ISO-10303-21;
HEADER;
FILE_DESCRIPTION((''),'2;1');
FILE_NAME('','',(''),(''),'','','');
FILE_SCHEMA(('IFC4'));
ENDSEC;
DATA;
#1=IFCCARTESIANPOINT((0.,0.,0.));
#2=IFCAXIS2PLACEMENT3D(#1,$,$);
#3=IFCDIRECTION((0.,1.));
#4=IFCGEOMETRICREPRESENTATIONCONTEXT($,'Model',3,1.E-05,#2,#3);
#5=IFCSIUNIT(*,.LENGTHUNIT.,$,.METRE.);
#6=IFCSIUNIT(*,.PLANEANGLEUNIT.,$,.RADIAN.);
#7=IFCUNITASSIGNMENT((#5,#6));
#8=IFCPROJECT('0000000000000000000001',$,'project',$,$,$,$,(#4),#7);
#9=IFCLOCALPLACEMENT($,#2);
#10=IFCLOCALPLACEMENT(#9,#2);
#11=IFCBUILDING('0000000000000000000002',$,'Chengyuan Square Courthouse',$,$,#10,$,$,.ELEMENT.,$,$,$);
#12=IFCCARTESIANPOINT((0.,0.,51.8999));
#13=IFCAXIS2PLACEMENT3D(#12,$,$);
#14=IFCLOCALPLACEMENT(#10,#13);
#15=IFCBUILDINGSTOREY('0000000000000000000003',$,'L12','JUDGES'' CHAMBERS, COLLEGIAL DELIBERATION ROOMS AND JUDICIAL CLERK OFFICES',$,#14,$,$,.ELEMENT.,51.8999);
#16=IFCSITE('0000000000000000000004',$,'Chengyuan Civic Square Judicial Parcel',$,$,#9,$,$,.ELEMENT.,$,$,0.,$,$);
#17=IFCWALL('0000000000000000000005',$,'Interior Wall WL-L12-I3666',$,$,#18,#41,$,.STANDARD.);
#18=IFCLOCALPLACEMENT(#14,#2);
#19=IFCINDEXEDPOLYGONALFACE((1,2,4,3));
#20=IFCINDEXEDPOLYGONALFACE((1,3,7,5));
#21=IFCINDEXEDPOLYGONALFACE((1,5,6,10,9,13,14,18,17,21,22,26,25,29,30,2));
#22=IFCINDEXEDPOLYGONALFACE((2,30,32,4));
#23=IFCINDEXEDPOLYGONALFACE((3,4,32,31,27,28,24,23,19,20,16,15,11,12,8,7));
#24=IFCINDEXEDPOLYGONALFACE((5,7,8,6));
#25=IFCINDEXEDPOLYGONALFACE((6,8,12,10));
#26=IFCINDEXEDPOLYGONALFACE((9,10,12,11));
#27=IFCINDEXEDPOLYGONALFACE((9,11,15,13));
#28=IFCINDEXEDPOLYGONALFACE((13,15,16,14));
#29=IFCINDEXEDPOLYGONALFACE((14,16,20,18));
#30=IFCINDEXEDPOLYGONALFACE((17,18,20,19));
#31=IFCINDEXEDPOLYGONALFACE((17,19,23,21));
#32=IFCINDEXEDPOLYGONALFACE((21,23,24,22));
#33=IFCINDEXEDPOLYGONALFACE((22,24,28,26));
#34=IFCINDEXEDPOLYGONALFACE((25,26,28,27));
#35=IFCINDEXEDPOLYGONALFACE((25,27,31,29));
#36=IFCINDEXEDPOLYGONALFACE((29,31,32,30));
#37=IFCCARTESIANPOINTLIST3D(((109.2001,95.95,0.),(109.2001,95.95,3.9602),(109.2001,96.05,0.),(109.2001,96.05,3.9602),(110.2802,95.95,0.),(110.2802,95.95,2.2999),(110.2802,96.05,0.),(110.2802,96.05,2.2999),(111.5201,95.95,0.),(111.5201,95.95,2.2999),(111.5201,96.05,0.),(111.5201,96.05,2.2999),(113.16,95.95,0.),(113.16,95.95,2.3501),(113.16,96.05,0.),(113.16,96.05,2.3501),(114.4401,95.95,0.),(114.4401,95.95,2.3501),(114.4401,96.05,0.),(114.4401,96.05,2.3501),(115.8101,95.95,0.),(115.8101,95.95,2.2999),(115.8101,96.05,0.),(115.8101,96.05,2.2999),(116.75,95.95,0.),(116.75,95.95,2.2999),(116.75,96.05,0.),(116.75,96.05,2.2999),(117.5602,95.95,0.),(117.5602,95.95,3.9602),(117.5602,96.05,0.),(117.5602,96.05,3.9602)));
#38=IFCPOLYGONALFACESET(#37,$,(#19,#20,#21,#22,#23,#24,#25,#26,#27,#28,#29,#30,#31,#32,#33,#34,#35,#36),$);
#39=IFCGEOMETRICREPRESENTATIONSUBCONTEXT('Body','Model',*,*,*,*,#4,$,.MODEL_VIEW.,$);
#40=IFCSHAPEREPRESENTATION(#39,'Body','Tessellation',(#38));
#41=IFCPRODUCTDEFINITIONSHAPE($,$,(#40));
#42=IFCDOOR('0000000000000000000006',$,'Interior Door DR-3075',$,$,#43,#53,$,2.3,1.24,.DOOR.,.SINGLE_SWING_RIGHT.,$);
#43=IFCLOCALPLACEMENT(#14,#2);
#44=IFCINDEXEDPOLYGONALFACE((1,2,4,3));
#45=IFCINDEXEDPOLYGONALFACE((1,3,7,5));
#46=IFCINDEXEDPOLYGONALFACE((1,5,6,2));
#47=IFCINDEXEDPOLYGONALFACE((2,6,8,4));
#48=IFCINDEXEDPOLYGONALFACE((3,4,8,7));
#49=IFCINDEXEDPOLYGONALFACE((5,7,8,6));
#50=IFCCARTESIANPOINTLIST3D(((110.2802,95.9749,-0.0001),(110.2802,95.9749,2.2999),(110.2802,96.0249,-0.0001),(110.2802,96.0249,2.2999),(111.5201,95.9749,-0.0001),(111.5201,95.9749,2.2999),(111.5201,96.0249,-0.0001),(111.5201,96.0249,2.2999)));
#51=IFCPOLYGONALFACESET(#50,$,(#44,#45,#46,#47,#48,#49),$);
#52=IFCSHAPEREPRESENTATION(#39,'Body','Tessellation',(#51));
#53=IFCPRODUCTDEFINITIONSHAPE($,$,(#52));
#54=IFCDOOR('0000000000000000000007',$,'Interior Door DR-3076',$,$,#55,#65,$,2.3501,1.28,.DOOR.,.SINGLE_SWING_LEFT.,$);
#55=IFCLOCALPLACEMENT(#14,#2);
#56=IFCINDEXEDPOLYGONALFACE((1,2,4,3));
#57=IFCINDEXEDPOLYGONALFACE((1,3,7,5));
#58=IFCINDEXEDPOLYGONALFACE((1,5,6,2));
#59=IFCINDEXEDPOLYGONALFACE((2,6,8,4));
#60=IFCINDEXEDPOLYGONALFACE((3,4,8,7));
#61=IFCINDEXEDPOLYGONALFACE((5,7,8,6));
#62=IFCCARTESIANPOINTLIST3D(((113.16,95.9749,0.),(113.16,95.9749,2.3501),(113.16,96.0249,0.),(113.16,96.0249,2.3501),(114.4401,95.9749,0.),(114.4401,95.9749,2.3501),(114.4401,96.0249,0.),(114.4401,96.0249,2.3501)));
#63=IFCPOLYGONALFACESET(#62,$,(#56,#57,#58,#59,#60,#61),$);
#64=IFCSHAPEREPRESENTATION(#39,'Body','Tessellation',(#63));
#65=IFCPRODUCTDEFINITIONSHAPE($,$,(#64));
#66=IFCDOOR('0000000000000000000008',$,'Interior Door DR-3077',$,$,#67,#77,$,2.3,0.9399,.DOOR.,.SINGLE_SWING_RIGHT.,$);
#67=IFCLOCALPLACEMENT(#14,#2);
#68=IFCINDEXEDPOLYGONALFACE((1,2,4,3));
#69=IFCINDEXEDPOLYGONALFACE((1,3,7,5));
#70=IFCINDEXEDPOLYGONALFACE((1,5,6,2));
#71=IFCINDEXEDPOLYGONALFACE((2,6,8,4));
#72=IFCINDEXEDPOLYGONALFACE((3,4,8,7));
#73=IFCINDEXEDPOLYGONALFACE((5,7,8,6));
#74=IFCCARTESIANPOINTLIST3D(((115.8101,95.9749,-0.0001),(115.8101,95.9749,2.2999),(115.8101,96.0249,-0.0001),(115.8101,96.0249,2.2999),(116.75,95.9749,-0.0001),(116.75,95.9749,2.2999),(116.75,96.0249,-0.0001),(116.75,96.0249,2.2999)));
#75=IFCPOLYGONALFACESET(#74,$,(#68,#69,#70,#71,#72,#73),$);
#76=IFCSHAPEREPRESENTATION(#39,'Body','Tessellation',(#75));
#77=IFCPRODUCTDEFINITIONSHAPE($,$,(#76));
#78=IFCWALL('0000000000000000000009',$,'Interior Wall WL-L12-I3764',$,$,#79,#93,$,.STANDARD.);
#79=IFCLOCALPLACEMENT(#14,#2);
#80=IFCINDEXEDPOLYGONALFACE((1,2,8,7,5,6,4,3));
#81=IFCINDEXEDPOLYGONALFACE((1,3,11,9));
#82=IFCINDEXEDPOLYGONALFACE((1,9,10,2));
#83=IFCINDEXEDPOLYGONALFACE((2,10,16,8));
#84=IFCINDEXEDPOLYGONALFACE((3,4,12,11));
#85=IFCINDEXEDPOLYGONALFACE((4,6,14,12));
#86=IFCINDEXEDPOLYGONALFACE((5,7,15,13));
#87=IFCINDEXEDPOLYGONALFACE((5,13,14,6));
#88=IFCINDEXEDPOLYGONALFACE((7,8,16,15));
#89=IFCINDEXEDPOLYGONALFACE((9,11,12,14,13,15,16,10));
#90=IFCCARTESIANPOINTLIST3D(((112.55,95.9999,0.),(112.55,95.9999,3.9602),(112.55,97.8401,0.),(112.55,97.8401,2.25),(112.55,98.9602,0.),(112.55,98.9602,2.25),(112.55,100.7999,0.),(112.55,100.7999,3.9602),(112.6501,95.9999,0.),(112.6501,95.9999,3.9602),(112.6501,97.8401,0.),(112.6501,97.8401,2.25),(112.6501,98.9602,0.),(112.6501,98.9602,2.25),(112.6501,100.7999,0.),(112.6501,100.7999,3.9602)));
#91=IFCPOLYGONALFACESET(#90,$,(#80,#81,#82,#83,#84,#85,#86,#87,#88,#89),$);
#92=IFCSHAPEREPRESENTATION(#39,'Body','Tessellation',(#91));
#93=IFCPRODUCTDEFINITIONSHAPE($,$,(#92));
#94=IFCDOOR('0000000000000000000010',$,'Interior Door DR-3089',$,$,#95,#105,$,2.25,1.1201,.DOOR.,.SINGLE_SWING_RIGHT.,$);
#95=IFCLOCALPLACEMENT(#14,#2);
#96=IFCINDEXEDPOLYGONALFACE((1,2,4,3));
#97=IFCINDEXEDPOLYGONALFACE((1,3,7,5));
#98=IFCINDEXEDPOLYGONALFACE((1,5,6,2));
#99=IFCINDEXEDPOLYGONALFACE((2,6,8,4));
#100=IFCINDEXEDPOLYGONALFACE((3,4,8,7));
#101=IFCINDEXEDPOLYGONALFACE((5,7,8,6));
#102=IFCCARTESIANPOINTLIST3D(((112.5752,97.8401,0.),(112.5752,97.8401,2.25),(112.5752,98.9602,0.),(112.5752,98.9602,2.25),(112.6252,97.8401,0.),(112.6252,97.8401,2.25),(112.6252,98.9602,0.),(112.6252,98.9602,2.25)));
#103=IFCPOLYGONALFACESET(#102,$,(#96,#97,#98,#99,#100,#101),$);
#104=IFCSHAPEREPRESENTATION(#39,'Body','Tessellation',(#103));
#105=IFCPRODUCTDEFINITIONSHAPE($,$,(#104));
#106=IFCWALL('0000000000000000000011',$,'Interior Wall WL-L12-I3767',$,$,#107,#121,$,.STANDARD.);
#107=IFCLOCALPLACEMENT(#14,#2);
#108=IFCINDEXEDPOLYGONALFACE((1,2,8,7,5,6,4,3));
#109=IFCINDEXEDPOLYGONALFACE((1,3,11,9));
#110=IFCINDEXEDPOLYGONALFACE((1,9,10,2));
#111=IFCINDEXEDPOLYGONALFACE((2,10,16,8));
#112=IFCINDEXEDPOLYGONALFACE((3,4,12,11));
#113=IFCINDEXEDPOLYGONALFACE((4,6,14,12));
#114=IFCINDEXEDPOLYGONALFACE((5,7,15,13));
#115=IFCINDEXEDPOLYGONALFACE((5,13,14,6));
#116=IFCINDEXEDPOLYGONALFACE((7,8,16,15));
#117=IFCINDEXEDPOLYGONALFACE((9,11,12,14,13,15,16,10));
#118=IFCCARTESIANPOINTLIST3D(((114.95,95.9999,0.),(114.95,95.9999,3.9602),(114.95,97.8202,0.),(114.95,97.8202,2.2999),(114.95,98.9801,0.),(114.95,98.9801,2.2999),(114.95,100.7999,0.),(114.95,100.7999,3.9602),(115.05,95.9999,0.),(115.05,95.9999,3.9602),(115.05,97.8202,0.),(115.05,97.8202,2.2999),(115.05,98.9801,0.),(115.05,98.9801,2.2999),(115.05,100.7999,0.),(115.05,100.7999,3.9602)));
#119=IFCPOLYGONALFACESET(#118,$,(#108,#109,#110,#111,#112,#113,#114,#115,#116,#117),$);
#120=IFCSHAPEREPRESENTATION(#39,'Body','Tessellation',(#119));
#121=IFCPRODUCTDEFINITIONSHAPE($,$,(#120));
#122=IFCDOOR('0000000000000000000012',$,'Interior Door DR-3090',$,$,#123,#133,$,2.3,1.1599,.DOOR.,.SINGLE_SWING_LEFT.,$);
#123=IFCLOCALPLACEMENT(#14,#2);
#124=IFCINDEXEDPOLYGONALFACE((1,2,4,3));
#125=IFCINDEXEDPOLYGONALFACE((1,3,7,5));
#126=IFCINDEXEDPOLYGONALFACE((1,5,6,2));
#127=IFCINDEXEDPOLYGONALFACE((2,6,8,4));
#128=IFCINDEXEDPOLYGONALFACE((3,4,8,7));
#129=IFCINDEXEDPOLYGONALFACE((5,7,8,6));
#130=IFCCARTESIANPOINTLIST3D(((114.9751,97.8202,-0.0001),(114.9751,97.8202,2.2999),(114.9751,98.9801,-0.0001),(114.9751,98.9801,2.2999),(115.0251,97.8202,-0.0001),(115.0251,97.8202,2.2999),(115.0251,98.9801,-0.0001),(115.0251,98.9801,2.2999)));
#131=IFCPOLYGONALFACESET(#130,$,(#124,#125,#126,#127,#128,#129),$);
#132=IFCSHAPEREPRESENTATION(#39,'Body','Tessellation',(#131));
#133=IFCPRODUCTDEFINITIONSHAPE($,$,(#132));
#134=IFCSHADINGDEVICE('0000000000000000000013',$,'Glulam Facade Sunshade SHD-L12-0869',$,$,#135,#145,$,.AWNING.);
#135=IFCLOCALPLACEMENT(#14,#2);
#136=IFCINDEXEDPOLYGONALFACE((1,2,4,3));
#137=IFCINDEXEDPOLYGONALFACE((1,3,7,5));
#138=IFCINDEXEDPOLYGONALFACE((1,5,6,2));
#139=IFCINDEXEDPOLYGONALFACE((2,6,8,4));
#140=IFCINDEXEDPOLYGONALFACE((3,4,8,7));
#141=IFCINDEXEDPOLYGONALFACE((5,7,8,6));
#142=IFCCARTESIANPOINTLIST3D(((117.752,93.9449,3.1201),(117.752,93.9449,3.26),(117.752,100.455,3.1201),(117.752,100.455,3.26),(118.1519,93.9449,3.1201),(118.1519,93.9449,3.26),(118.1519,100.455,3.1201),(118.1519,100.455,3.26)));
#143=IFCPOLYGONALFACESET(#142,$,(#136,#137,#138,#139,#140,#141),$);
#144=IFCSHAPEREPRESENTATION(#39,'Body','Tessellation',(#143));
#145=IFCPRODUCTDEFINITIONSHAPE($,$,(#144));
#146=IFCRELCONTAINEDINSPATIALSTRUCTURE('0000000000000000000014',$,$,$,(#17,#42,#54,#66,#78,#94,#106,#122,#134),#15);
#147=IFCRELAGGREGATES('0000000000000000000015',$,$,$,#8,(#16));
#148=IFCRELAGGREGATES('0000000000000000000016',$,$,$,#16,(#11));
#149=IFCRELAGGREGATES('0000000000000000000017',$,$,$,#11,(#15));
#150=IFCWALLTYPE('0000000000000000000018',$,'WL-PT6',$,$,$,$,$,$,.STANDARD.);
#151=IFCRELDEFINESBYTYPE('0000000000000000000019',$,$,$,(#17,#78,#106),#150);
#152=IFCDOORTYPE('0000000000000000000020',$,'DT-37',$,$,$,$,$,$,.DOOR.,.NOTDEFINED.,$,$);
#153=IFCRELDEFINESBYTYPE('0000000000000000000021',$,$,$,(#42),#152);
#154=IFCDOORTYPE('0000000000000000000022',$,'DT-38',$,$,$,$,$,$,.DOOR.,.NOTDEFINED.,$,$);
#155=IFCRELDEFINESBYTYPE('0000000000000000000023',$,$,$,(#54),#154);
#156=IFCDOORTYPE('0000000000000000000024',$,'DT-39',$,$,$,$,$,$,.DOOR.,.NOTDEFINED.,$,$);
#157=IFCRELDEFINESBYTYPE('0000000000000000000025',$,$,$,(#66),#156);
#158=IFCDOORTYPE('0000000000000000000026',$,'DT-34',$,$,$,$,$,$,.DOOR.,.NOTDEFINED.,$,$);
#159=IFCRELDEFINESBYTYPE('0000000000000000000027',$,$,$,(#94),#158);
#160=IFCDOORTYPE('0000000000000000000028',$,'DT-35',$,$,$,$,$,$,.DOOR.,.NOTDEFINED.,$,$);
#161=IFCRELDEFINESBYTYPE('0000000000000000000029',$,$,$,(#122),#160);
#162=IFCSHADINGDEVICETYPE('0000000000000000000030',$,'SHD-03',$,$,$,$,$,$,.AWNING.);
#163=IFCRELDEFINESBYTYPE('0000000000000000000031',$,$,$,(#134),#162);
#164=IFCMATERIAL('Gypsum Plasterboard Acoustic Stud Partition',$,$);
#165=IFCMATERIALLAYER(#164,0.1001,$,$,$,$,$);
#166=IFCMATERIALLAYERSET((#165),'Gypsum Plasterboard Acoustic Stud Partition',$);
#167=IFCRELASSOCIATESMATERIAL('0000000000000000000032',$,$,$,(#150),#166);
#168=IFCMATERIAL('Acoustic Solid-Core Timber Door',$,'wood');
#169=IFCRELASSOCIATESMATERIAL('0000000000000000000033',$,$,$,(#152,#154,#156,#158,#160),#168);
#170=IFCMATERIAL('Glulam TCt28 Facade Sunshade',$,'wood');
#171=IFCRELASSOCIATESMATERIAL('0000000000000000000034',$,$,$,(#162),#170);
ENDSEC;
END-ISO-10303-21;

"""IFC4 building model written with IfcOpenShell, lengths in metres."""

from ifc_helpers import new_model, si_unit, direction, frame, frame_2d, origin, origin_2d, place, context, subcontext, project, spatial, rectangle, extrude, material, layer, layer_set, type_object, element, fill, save


model = new_model("IFC4")

# Units and contexts
model_context = context("Model", 3, precision=1e-05, world=origin(), true_north=direction((0.0, 1.0)))
body_context = subcontext(model_context, "Body", "Model", "MODEL_VIEW")
ifc_project = project(units=[si_unit("LENGTHUNIT", "METRE"), si_unit("PLANEANGLEUNIT", "RADIAN")], contexts=[model_context])

# Site, building, storey
site_placement = place(None, origin())
site = spatial("IfcSite", under=ifc_project, at=site_placement, Name="Chengyuan Civic Square Judicial Parcel", CompositionType="ELEMENT", RefElevation=0.0)
building_placement = place(site_placement, origin())
building = spatial("IfcBuilding", under=site, at=building_placement, Name="Chengyuan Square Courthouse", CompositionType="ELEMENT")
storey_placement = place(building_placement, frame((0.0, 0.0, 51.8999)))
storey = spatial("IfcBuildingStorey", under=building, at=storey_placement, Name="L12", Description="JUDGES' CHAMBERS, COLLEGIAL DELIBERATION ROOMS AND JUDICIAL CLERK OFFICES", CompositionType="ELEMENT", Elevation=51.8999)

# Shared definitions
ifc_material_1 = material(Name="Acoustic Solid-Core Timber Door", Category="wood")

# Wall, openings, doors
ifc_material_2 = material(Name="Gypsum Plasterboard Acoustic Stud Partition")
ifc_layer_1 = layer(ifc_material_2, 0.1001)
ifc_layer_set_1 = layer_set([ifc_layer_1], Name="Gypsum Plasterboard Acoustic Stud Partition")
wall_type_1 = type_object("IfcWallType", Name="WL-PT6", PredefinedType="STANDARD", material=ifc_layer_set_1)
wall_1_placement = place(storey_placement, frame((109.2, 96.0, 0.0), z_axis=(0.0, 0.0, 1.0), x_axis=(1.0, 0.0, 0.0)))
wall_1 = element("IfcWall", 1, at=wall_1_placement, inside=storey, type_object=wall_type_1, Name="Interior Wall WL-L12-I3666", PredefinedType="STANDARD", context=body_context, shape_type="SweptSolid", body=[
    extrude(rectangle(XDim=8.3601, YDim=0.1001, at=frame_2d((4.1802, 0.0))), origin(), (0.0, 0.0, 1.0), 3.9602),
])
opening_1_placement = place(wall_1_placement, frame((1.0801, 0.0, 0.0)))
opening_1 = element("IfcOpeningElement", 2, at=opening_1_placement, cuts=wall_1, PredefinedType="OPENING", context=body_context, shape_type="SweptSolid", body=[
    extrude(rectangle(XDim=1.24, YDim=2.3, at=frame_2d((0.6201, 1.1499))), frame((0.0, 0.062, 0.0), z_axis=(0.0, -1.0, 0.0), x_axis=(1.0, 0.0, 0.0)), (0.0, 0.0, 1.0), 0.124),
])
opening_2_placement = place(wall_1_placement, frame((3.96, 0.0, 0.0)))
opening_2 = element("IfcOpeningElement", 3, at=opening_2_placement, cuts=wall_1, PredefinedType="OPENING", context=body_context, shape_type="SweptSolid", body=[
    extrude(rectangle(XDim=1.28, YDim=2.3501, at=frame_2d((0.6401, 1.175))), frame((0.0, 0.062, 0.0), z_axis=(0.0, -1.0, 0.0), x_axis=(1.0, 0.0, 0.0)), (0.0, 0.0, 1.0), 0.124),
])
opening_3_placement = place(wall_1_placement, frame((6.6101, 0.0, 0.0)))
opening_3 = element("IfcOpeningElement", 4, at=opening_3_placement, cuts=wall_1, PredefinedType="OPENING", context=body_context, shape_type="SweptSolid", body=[
    extrude(rectangle(XDim=0.9399, YDim=2.3, at=frame_2d((0.47, 1.1499))), frame((0.0, 0.062, 0.0), z_axis=(0.0, -1.0, 0.0), x_axis=(1.0, 0.0, 0.0)), (0.0, 0.0, 1.0), 0.124),
])
door_type_1 = type_object("IfcDoorType", Name="DT-37", OperationType="NOTDEFINED", PredefinedType="DOOR", material=ifc_material_1)
door_1_placement = place(opening_1_placement, origin())
door_1 = element("IfcDoor", 5, at=door_1_placement, inside=storey, type_object=door_type_1, Name="Interior Door DR-3075", OperationType="SINGLE_SWING_RIGHT", OverallHeight=2.3, OverallWidth=1.24, PredefinedType="DOOR", context=body_context, shape_type="SweptSolid", body=[
    extrude(rectangle(XDim=1.24, YDim=2.3, at=frame_2d((0.6201, 1.1499))), frame((0.0, 0.0249, 0.0), z_axis=(0.0, -1.0, 0.0), x_axis=(1.0, 0.0, 0.0)), (0.0, 0.0, 1.0), 0.05),
])
fill(opening_1, door_1)
door_type_2 = type_object("IfcDoorType", Name="DT-38", OperationType="NOTDEFINED", PredefinedType="DOOR", material=ifc_material_1)
door_2_placement = place(opening_2_placement, origin())
door_2 = element("IfcDoor", 6, at=door_2_placement, inside=storey, type_object=door_type_2, Name="Interior Door DR-3076", OperationType="SINGLE_SWING_LEFT", OverallHeight=2.3501, OverallWidth=1.28, PredefinedType="DOOR", context=body_context, shape_type="SweptSolid", body=[
    extrude(rectangle(XDim=1.28, YDim=2.3501, at=frame_2d((0.6401, 1.175))), frame((0.0, 0.0249, 0.0), z_axis=(0.0, -1.0, 0.0), x_axis=(1.0, 0.0, 0.0)), (0.0, 0.0, 1.0), 0.05),
])
fill(opening_2, door_2)
door_type_3 = type_object("IfcDoorType", Name="DT-39", OperationType="NOTDEFINED", PredefinedType="DOOR", material=ifc_material_1)
door_3_placement = place(opening_3_placement, origin())
door_3 = element("IfcDoor", 7, at=door_3_placement, inside=storey, type_object=door_type_3, Name="Interior Door DR-3077", OperationType="SINGLE_SWING_RIGHT", OverallHeight=2.3, OverallWidth=0.9399, PredefinedType="DOOR", context=body_context, shape_type="SweptSolid", body=[
    extrude(rectangle(XDim=0.9399, YDim=2.3, at=frame_2d((0.47, 1.1499))), frame((0.0, 0.0249, 0.0), z_axis=(0.0, -1.0, 0.0), x_axis=(1.0, 0.0, 0.0)), (0.0, 0.0, 1.0), 0.05),
])
fill(opening_3, door_3)

# Walls, openings, doors
wall_2_placement = place(storey_placement, frame((112.6001, 96.0, 0.0), z_axis=(0.0, 0.0, 1.0), x_axis=(0.0, 1.0, 0.0)))
wall_2 = element("IfcWall", 8, at=wall_2_placement, inside=storey, type_object=wall_type_1, Name="Interior Wall WL-L12-I3764", PredefinedType="STANDARD", context=body_context, shape_type="SweptSolid", body=[
    extrude(rectangle(XDim=4.8, YDim=0.1001, at=frame_2d((2.3999, 0.0))), origin(), (0.0, 0.0, 1.0), 3.9602),
])
opening_4_placement = place(wall_2_placement, frame((1.8401, 0.0, 0.0)))
opening_4 = element("IfcOpeningElement", 9, at=opening_4_placement, cuts=wall_2, PredefinedType="OPENING", context=body_context, shape_type="SweptSolid", body=[
    extrude(rectangle(XDim=1.1201, YDim=2.25, at=frame_2d((0.5601, 1.125))), frame((0.0, 0.062, 0.0), z_axis=(0.0, -1.0, 0.0), x_axis=(1.0, 0.0, 0.0)), (0.0, 0.0, 1.0), 0.124),
])
door_type_4 = type_object("IfcDoorType", Name="DT-34", OperationType="NOTDEFINED", PredefinedType="DOOR", material=ifc_material_1)
door_4_placement = place(opening_4_placement, origin())
door_4 = element("IfcDoor", 10, at=door_4_placement, inside=storey, type_object=door_type_4, Name="Interior Door DR-3089", OperationType="SINGLE_SWING_RIGHT", OverallHeight=2.25, OverallWidth=1.1201, PredefinedType="DOOR", context=body_context, shape_type="SweptSolid", body=[
    extrude(rectangle(XDim=1.1201, YDim=2.25, at=frame_2d((0.5601, 1.125))), frame((0.0, 0.0249, 0.0), z_axis=(0.0, -1.0, 0.0), x_axis=(1.0, 0.0, 0.0)), (0.0, 0.0, 1.0), 0.05),
])
fill(opening_4, door_4)
wall_3_placement = place(storey_placement, frame((115.0, 96.0, 0.0), z_axis=(0.0, 0.0, 1.0), x_axis=(0.0, 1.0, 0.0)))
wall_3 = element("IfcWall", 11, at=wall_3_placement, inside=storey, type_object=wall_type_1, Name="Interior Wall WL-L12-I3767", PredefinedType="STANDARD", context=body_context, shape_type="SweptSolid", body=[
    extrude(rectangle(XDim=4.8, YDim=0.1001, at=frame_2d((2.3999, 0.0))), origin(), (0.0, 0.0, 1.0), 3.9602),
])
opening_5_placement = place(wall_3_placement, frame((1.8201, 0.0, 0.0)))
opening_5 = element("IfcOpeningElement", 12, at=opening_5_placement, cuts=wall_3, PredefinedType="OPENING", context=body_context, shape_type="SweptSolid", body=[
    extrude(rectangle(XDim=1.1599, YDim=2.3, at=frame_2d((0.5801, 1.1499))), frame((0.0, 0.062, 0.0), z_axis=(0.0, -1.0, 0.0), x_axis=(1.0, 0.0, 0.0)), (0.0, 0.0, 1.0), 0.124),
])
door_type_5 = type_object("IfcDoorType", Name="DT-35", OperationType="NOTDEFINED", PredefinedType="DOOR", material=ifc_material_1)
door_5_placement = place(opening_5_placement, origin())
door_5 = element("IfcDoor", 13, at=door_5_placement, inside=storey, type_object=door_type_5, Name="Interior Door DR-3090", OperationType="SINGLE_SWING_LEFT", OverallHeight=2.3, OverallWidth=1.1599, PredefinedType="DOOR", context=body_context, shape_type="SweptSolid", body=[
    extrude(rectangle(XDim=1.1599, YDim=2.3, at=frame_2d((0.5801, 1.1499))), frame((0.0, 0.0249, 0.0), z_axis=(0.0, -1.0, 0.0), x_axis=(1.0, 0.0, 0.0)), (0.0, 0.0, 1.0), 0.05),
])
fill(opening_5, door_5)

# Shading device
ifc_material_3 = material(Name="Glulam TCt28 Facade Sunshade", Category="wood")
shading_device_type = type_object("IfcShadingDeviceType", Name="SHD-03", PredefinedType="AWNING", material=ifc_material_3)
shading_device_placement = place(storey_placement, frame((117.9519, 97.2, 3.1201), z_axis=(0.0, 0.0, 1.0), x_axis=(0.0, 1.0, 0.0)))
element("IfcShadingDevice", 14, at=shading_device_placement, inside=storey, type_object=shading_device_type, Name="Glulam Facade Sunshade SHD-L12-0869", PredefinedType="AWNING", context=body_context, shape_type="SweptSolid", body=[
    extrude(rectangle(XDim=6.51, YDim=0.3999, at=origin_2d()), origin(), (0.0, 0.0, 1.0), 0.1399),
])

save(model, "model.ifc")
